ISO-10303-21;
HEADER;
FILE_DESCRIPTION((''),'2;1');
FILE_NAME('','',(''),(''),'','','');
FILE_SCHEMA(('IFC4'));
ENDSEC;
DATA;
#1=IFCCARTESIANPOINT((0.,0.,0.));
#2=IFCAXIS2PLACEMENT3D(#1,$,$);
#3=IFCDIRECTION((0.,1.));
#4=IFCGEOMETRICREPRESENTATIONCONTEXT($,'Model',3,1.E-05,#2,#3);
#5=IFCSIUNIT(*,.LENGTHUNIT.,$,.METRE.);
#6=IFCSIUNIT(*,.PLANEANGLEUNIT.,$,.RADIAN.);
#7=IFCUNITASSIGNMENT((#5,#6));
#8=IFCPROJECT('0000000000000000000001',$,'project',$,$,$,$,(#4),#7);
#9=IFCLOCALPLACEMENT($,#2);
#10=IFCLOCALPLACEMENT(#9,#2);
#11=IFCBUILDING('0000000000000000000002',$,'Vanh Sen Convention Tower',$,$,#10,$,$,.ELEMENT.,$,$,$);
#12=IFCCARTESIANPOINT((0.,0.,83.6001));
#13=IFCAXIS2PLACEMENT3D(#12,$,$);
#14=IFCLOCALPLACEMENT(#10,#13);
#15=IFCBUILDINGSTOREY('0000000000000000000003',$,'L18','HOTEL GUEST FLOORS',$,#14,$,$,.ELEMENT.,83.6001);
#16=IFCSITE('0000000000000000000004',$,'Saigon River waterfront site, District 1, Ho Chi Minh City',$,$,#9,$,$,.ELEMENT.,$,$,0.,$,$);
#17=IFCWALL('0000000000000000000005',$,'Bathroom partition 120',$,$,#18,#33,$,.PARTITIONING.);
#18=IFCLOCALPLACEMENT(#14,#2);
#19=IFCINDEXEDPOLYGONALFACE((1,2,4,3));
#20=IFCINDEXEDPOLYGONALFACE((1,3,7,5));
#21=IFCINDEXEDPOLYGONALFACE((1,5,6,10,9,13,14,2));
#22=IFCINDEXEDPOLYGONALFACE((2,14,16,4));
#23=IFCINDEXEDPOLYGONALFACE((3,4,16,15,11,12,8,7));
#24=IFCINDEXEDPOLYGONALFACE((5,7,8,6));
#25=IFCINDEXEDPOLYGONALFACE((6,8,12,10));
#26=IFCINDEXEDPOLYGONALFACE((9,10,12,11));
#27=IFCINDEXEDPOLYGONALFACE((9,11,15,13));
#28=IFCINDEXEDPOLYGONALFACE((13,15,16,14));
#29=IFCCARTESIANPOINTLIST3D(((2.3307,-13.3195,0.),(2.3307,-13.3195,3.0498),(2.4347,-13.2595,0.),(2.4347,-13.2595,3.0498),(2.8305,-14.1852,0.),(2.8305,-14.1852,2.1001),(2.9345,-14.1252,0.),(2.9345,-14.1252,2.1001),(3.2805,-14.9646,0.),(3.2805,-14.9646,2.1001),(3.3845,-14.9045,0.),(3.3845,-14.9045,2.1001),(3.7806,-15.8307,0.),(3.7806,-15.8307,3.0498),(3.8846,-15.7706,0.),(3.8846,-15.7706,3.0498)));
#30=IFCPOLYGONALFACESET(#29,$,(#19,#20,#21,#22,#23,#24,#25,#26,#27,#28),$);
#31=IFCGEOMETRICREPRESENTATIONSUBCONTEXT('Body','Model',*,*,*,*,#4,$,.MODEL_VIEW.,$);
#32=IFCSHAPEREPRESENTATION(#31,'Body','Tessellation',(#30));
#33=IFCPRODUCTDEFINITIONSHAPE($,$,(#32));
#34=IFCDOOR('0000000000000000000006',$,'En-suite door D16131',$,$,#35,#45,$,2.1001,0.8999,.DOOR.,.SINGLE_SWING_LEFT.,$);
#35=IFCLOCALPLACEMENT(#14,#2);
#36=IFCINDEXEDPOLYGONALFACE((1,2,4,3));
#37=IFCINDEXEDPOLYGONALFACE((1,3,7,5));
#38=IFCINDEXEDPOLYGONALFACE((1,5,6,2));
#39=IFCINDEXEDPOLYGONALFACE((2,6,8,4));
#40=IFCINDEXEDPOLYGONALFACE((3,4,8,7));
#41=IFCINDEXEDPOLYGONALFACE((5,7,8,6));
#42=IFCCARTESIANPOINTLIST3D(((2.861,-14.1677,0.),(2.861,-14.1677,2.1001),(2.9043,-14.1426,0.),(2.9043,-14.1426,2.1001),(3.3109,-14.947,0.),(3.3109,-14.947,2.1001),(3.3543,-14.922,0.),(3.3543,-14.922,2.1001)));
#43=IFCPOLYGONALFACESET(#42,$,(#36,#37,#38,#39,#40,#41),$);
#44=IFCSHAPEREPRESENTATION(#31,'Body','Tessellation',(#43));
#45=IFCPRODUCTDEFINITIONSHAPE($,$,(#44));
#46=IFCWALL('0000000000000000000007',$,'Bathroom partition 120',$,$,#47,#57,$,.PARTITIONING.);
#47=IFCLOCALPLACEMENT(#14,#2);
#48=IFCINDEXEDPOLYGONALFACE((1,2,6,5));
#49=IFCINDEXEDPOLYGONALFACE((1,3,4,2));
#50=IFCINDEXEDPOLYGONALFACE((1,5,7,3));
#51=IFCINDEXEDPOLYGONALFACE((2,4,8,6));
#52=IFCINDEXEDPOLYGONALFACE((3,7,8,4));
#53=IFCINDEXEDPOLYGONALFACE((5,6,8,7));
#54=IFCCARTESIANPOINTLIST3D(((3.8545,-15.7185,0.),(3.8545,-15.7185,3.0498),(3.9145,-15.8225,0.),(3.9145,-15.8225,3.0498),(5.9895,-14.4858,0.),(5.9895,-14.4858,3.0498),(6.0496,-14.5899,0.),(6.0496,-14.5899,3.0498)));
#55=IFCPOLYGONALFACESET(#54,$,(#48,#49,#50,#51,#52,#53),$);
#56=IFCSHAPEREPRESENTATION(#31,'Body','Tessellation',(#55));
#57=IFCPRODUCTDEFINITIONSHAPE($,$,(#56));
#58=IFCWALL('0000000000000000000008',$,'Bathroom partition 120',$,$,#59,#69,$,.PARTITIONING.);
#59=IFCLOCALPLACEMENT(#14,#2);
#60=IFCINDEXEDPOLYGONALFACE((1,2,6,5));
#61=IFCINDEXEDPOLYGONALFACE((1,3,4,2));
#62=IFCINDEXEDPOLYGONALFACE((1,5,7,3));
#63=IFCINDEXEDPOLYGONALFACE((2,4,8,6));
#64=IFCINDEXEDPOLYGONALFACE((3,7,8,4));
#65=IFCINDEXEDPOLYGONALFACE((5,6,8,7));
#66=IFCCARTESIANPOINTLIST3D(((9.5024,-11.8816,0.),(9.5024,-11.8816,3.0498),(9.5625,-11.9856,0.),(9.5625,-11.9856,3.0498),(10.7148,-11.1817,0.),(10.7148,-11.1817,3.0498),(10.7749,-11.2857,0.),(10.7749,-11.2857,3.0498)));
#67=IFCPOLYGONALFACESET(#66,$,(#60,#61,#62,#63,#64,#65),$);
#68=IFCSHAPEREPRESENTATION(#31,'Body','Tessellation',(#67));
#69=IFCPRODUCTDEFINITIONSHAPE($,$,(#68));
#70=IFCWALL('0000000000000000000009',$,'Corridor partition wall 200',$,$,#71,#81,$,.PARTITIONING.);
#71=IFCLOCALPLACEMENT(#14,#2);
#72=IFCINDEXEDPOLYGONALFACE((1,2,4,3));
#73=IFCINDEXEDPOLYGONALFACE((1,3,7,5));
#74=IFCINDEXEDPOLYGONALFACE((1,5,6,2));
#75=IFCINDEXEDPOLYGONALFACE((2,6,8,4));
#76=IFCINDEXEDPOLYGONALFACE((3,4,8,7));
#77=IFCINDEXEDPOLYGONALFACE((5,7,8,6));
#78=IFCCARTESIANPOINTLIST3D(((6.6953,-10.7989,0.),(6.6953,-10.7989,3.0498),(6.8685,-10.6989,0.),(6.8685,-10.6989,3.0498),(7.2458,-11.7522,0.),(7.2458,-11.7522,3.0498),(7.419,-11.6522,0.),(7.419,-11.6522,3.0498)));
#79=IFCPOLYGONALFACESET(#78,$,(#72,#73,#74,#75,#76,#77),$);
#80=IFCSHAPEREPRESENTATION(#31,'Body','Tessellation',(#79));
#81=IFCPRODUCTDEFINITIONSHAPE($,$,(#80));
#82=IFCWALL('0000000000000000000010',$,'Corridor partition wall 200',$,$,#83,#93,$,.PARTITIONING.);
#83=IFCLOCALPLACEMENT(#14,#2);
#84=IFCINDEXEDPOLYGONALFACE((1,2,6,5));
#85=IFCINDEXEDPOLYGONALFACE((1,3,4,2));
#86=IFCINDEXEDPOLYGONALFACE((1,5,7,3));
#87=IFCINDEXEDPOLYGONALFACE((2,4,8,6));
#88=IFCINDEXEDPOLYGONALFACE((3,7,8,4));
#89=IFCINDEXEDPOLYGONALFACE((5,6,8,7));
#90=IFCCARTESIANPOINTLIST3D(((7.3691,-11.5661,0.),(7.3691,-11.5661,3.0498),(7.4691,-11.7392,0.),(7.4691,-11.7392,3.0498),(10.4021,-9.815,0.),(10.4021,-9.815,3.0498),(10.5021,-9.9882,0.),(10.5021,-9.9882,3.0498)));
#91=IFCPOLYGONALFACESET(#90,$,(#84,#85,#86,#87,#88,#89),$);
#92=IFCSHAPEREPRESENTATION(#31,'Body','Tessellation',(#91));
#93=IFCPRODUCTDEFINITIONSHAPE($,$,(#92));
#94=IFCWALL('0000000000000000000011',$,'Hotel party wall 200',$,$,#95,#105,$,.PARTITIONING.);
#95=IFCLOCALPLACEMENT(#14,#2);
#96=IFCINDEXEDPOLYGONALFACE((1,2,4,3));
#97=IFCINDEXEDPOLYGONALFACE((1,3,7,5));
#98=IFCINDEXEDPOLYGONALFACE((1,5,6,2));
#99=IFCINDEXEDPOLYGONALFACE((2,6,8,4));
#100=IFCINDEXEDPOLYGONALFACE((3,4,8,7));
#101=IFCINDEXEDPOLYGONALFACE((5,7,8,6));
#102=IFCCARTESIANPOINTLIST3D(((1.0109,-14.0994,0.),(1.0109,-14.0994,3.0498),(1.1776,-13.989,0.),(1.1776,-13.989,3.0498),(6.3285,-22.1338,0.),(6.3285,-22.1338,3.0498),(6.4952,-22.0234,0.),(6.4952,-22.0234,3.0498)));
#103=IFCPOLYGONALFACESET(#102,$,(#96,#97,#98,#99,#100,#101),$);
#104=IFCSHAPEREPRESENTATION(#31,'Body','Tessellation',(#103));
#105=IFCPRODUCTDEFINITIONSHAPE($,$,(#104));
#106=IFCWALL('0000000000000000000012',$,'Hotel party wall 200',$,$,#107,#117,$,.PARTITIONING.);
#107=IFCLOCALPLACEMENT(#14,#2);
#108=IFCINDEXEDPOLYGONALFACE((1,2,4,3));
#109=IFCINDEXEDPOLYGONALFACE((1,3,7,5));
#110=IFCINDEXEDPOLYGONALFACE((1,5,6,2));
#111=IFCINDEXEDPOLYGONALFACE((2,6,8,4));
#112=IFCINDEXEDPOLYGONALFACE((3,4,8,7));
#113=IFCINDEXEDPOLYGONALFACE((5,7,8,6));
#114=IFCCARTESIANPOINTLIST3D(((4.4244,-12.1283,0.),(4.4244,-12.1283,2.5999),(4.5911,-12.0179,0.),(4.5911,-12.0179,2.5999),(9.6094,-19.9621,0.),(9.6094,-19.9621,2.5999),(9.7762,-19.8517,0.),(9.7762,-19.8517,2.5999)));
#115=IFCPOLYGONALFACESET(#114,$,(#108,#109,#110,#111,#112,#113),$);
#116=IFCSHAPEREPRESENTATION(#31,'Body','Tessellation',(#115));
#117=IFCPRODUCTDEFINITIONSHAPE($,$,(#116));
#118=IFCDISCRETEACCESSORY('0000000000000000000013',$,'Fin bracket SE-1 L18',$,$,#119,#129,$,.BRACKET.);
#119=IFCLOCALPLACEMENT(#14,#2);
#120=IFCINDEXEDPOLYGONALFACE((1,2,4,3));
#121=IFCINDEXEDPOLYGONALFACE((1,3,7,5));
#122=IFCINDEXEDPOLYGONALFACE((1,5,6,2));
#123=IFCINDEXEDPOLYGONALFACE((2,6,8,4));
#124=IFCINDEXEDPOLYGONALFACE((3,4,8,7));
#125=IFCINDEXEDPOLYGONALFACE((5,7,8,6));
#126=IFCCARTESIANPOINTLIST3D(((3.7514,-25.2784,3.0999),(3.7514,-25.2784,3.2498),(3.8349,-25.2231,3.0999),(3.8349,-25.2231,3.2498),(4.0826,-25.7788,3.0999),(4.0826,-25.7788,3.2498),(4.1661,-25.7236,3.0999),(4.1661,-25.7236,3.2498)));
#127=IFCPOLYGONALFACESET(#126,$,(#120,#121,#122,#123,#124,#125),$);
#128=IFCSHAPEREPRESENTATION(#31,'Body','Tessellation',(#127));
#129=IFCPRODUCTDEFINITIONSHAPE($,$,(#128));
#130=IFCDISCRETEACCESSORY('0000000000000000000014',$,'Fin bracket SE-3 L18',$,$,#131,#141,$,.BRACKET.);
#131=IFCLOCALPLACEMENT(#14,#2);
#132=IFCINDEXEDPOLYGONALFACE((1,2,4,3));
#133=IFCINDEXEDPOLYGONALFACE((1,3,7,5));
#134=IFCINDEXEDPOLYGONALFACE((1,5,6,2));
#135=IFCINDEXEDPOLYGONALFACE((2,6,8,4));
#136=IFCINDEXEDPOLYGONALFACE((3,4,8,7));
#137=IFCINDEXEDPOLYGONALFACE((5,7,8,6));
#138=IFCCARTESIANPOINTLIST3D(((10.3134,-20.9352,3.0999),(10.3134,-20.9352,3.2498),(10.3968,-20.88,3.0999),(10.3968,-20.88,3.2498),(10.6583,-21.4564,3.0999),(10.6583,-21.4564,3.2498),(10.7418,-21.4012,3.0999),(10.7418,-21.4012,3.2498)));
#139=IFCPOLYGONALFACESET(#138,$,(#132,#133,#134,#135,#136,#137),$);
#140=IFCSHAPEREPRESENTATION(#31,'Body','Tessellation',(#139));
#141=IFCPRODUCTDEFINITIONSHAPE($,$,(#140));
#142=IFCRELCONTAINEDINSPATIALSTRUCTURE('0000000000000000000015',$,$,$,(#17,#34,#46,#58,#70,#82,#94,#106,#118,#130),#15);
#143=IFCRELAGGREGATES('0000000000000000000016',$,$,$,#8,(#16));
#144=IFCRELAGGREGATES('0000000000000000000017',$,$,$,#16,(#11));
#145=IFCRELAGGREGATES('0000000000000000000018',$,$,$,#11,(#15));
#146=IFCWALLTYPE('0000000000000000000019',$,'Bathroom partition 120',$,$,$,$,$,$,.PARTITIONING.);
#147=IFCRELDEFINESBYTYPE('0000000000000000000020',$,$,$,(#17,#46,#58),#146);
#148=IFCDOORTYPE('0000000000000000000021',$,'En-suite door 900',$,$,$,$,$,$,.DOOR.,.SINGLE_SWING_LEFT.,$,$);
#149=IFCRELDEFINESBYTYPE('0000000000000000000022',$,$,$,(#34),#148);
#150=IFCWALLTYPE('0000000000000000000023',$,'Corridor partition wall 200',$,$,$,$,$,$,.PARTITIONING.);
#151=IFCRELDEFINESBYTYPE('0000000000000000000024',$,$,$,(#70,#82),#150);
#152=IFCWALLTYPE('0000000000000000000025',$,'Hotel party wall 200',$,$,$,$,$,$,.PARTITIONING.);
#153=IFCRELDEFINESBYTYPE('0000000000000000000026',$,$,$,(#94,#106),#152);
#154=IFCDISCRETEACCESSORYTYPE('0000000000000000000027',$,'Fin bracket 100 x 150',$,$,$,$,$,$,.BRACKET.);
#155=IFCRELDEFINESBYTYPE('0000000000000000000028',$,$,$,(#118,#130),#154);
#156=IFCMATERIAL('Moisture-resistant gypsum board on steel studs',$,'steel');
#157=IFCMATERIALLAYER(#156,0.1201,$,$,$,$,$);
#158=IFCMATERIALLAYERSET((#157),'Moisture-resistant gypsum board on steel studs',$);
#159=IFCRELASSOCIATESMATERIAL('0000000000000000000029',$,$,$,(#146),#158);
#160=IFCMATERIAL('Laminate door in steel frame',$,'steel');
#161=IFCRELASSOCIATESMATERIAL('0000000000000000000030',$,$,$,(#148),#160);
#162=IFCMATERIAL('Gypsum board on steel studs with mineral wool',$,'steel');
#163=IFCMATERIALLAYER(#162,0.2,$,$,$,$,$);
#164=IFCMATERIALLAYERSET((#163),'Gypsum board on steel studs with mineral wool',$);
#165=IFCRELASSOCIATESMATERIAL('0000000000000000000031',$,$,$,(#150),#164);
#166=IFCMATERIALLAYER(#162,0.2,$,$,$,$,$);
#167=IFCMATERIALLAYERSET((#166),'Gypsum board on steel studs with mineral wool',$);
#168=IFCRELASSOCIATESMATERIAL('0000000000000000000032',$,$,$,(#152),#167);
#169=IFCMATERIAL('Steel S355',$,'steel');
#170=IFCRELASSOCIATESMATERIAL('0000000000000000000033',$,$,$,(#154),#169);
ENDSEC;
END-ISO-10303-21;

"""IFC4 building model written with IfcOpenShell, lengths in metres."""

from ifc_helpers import new_model, si_unit, direction, frame, frame_2d, origin, origin_2d, place, context, subcontext, project, spatial, rectangle, extrude, material, layer, layer_set, type_object, element, fill, save


model = new_model("IFC4")

# Units and contexts
model_context = context("Model", 3, precision=1e-05, world=origin(), true_north=direction((0.0, 1.0)))
body_context = subcontext(model_context, "Body", "Model", "MODEL_VIEW")
ifc_project = project(units=[si_unit("LENGTHUNIT", "METRE"), si_unit("PLANEANGLEUNIT", "RADIAN")], contexts=[model_context])

# Site, building, storey
site_placement = place(None, origin())
site = spatial("IfcSite", under=ifc_project, at=site_placement, Name="Saigon River waterfront site, District 1, Ho Chi Minh City", CompositionType="ELEMENT", RefElevation=0.0)
building_placement = place(site_placement, origin())
building = spatial("IfcBuilding", under=site, at=building_placement, Name="Vanh Sen Convention Tower", CompositionType="ELEMENT")
storey_placement = place(building_placement, frame((0.0, 0.0, 83.6001)))
storey = spatial("IfcBuildingStorey", under=building, at=storey_placement, Name="L18", Description="HOTEL GUEST FLOORS", CompositionType="ELEMENT", Elevation=83.6001)

# Wall, opening, door
ifc_material_1 = material(Name="Moisture-resistant gypsum board on steel studs", Category="steel")
ifc_layer_1 = layer(ifc_material_1, 0.1201)
ifc_layer_set_1 = layer_set([ifc_layer_1], Name="Moisture-resistant gypsum board on steel studs")
wall_type_1 = type_object("IfcWallType", Name="Bathroom partition 120", PredefinedType="PARTITIONING", material=ifc_layer_set_1)
wall_1_placement = place(storey_placement, frame((3.8325, -15.8005, 0.0), z_axis=(0.0, 0.0, 1.0), x_axis=(-0.500024, 0.866012, 0.0)))
wall_1 = element("IfcWall", 1, at=wall_1_placement, inside=storey, type_object=wall_type_1, Name="Bathroom partition 120", PredefinedType="PARTITIONING", context=body_context, shape_type="SweptSolid", body=[
    extrude(rectangle(XDim=2.8997, YDim=0.1201, at=frame_2d((1.4497, 0.0))), origin(), (0.0, 0.0, 1.0), 3.0498),
])
opening_placement = place(wall_1_placement, frame((1.0, 0.0, 0.0)))
opening = element("IfcOpeningElement", 2, at=opening_placement, cuts=wall_1, PredefinedType="OPENING", context=body_context, shape_type="SweptSolid", body=[
    extrude(rectangle(XDim=0.8999, YDim=2.1001, at=frame_2d((0.45, 1.05))), frame((0.0, 0.0701, 0.0), z_axis=(0.0, -1.0, 0.0), x_axis=(1.0, 0.0, 0.0)), (0.0, 0.0, 1.0), 0.1401),
])
ifc_material_2 = material(Name="Laminate door in steel frame", Category="steel")
door_type = type_object("IfcDoorType", Name="En-suite door 900", OperationType="SINGLE_SWING_LEFT", PredefinedType="DOOR", material=ifc_material_2)
door_placement = place(opening_placement, origin())
door = element("IfcDoor", 3, at=door_placement, inside=storey, type_object=door_type, Name="En-suite door D16131", OperationType="SINGLE_SWING_LEFT", OverallHeight=2.1001, OverallWidth=0.8999, PredefinedType="DOOR", context=body_context, shape_type="SweptSolid", body=[
    extrude(rectangle(XDim=0.8999, YDim=2.1001, at=frame_2d((0.45, 1.05))), frame((0.0, 0.0249, 0.0), z_axis=(0.0, -1.0, 0.0), x_axis=(1.0, 0.0, 0.0)), (0.0, 0.0, 1.0), 0.05),
])
fill(opening, door)

# Walls
wall_2_placement = place(storey_placement, frame((6.0195, -14.5378, 0.0), z_axis=(0.0, 0.0, 1.0), x_axis=(-0.866022, -0.500005, 0.0)))
element("IfcWall", 4, at=wall_2_placement, inside=storey, type_object=wall_type_1, Name="Bathroom partition 120", PredefinedType="PARTITIONING", context=body_context, shape_type="SweptSolid", body=[
    extrude(rectangle(XDim=2.4653, YDim=0.1201, at=frame_2d((1.2327, 0.0))), origin(), (0.0, 0.0, 1.0), 3.0498),
])
wall_3_placement = place(storey_placement, frame((9.5325, -11.9336, 0.0), z_axis=(0.0, 0.0, 1.0), x_axis=(0.866035, 0.499984, 0.0)))
element("IfcWall", 5, at=wall_3_placement, inside=storey, type_object=wall_type_1, Name="Bathroom partition 120", PredefinedType="PARTITIONING", context=body_context, shape_type="SweptSolid", body=[
    extrude(rectangle(XDim=1.3999, YDim=0.1201, at=frame_2d((0.7, 0.0))), origin(), (0.0, 0.0, 1.0), 3.0498),
])
ifc_material_3 = material(Name="Gypsum board on steel studs with mineral wool", Category="steel")
ifc_layer_2 = layer(ifc_material_3, 0.2)
ifc_layer_set_2 = layer_set([ifc_layer_2], Name="Gypsum board on steel studs with mineral wool")
wall_type_2 = type_object("IfcWallType", Name="Corridor partition wall 200", PredefinedType="PARTITIONING", material=ifc_layer_set_2)
wall_4_placement = place(storey_placement, frame((6.782, -10.749, 0.0), z_axis=(0.0, 0.0, 1.0), x_axis=(0.500074, -0.865982, 0.0)))
element("IfcWall", 6, at=wall_4_placement, inside=storey, type_object=wall_type_2, Name="Corridor partition wall 200", PredefinedType="PARTITIONING", context=body_context, shape_type="SweptSolid", body=[
    extrude(rectangle(XDim=1.1008, YDim=0.2, at=frame_2d((0.5503, 0.0))), origin(), (0.0, 0.0, 1.0), 3.0498),
])
wall_5_placement = place(storey_placement, frame((7.4192, -11.6526, 0.0), z_axis=(0.0, 0.0, 1.0), x_axis=(0.866038, 0.499978, 0.0)))
element("IfcWall", 7, at=wall_5_placement, inside=storey, type_object=wall_type_2, Name="Corridor partition wall 200", PredefinedType="PARTITIONING", context=body_context, shape_type="SweptSolid", body=[
    extrude(rectangle(XDim=3.5022, YDim=0.2, at=frame_2d((1.751, 0.0))), origin(), (0.0, 0.0, 1.0), 3.0498),
])
ifc_layer_3 = layer(ifc_material_3, 0.2)
ifc_layer_set_3 = layer_set([ifc_layer_3], Name="Gypsum board on steel studs with mineral wool")
wall_type_3 = type_object("IfcWallType", Name="Hotel party wall 200", PredefinedType="PARTITIONING", material=ifc_layer_set_3)
wall_6_placement = place(storey_placement, frame((6.4119, -22.0786, 0.0), z_axis=(0.0, 0.0, 1.0), x_axis=(-0.55192, 0.833897, 0.0)))
element("IfcWall", 8, at=wall_6_placement, inside=storey, type_object=wall_type_3, Name="Hotel party wall 200", PredefinedType="PARTITIONING", context=body_context, shape_type="SweptSolid", body=[
    extrude(rectangle(XDim=9.6348, YDim=0.2, at=frame_2d((4.8174, 0.0))), origin(), (0.0, 0.0, 1.0), 3.0498),
])
wall_7_placement = place(storey_placement, frame((9.6929, -19.907, 0.0), z_axis=(0.0, 0.0, 1.0), x_axis=(-0.551938, 0.833885, 0.0)))
element("IfcWall", 9, at=wall_7_placement, inside=storey, type_object=wall_type_3, Name="Hotel party wall 200", PredefinedType="PARTITIONING", context=body_context, shape_type="SweptSolid", body=[
    extrude(rectangle(XDim=9.3943, YDim=0.2, at=frame_2d((4.6973, 0.0))), origin(), (0.0, 0.0, 1.0), 2.5999),
])

# Discrete accessories
ifc_material_4 = material(Name="Steel S355", Category="steel")
discrete_accessory_type = type_object("IfcDiscreteAccessoryType", Name="Fin bracket 100 x 150", PredefinedType="BRACKET", material=ifc_material_4)
discrete_accessory_1_placement = place(storey_placement, frame((3.9587, -25.501, 3.0999), z_axis=(0.0, 0.0, 1.0), x_axis=(0.551937, -0.833886, 0.0)))
element("IfcDiscreteAccessory", 10, at=discrete_accessory_1_placement, inside=storey, type_object=discrete_accessory_type, Name="Fin bracket SE-1 L18", PredefinedType="BRACKET", context=body_context, shape_type="SweptSolid", body=[
    extrude(rectangle(XDim=0.6001, YDim=0.1001, at=origin_2d()), origin(), (0.0, 0.0, 1.0), 0.1499),
])
discrete_accessory_2_placement = place(storey_placement, frame((10.5276, -21.1682, 3.0999), z_axis=(0.0, 0.0, 1.0), x_axis=(0.551937, -0.833886, 0.0)))
element("IfcDiscreteAccessory", 11, at=discrete_accessory_2_placement, inside=storey, type_object=discrete_accessory_type, Name="Fin bracket SE-3 L18", PredefinedType="BRACKET", context=body_context, shape_type="SweptSolid", body=[
    extrude(rectangle(XDim=0.625, YDim=0.1001, at=origin_2d()), origin(), (0.0, 0.0, 1.0), 0.1499),
])

save(model, "model.ifc")
